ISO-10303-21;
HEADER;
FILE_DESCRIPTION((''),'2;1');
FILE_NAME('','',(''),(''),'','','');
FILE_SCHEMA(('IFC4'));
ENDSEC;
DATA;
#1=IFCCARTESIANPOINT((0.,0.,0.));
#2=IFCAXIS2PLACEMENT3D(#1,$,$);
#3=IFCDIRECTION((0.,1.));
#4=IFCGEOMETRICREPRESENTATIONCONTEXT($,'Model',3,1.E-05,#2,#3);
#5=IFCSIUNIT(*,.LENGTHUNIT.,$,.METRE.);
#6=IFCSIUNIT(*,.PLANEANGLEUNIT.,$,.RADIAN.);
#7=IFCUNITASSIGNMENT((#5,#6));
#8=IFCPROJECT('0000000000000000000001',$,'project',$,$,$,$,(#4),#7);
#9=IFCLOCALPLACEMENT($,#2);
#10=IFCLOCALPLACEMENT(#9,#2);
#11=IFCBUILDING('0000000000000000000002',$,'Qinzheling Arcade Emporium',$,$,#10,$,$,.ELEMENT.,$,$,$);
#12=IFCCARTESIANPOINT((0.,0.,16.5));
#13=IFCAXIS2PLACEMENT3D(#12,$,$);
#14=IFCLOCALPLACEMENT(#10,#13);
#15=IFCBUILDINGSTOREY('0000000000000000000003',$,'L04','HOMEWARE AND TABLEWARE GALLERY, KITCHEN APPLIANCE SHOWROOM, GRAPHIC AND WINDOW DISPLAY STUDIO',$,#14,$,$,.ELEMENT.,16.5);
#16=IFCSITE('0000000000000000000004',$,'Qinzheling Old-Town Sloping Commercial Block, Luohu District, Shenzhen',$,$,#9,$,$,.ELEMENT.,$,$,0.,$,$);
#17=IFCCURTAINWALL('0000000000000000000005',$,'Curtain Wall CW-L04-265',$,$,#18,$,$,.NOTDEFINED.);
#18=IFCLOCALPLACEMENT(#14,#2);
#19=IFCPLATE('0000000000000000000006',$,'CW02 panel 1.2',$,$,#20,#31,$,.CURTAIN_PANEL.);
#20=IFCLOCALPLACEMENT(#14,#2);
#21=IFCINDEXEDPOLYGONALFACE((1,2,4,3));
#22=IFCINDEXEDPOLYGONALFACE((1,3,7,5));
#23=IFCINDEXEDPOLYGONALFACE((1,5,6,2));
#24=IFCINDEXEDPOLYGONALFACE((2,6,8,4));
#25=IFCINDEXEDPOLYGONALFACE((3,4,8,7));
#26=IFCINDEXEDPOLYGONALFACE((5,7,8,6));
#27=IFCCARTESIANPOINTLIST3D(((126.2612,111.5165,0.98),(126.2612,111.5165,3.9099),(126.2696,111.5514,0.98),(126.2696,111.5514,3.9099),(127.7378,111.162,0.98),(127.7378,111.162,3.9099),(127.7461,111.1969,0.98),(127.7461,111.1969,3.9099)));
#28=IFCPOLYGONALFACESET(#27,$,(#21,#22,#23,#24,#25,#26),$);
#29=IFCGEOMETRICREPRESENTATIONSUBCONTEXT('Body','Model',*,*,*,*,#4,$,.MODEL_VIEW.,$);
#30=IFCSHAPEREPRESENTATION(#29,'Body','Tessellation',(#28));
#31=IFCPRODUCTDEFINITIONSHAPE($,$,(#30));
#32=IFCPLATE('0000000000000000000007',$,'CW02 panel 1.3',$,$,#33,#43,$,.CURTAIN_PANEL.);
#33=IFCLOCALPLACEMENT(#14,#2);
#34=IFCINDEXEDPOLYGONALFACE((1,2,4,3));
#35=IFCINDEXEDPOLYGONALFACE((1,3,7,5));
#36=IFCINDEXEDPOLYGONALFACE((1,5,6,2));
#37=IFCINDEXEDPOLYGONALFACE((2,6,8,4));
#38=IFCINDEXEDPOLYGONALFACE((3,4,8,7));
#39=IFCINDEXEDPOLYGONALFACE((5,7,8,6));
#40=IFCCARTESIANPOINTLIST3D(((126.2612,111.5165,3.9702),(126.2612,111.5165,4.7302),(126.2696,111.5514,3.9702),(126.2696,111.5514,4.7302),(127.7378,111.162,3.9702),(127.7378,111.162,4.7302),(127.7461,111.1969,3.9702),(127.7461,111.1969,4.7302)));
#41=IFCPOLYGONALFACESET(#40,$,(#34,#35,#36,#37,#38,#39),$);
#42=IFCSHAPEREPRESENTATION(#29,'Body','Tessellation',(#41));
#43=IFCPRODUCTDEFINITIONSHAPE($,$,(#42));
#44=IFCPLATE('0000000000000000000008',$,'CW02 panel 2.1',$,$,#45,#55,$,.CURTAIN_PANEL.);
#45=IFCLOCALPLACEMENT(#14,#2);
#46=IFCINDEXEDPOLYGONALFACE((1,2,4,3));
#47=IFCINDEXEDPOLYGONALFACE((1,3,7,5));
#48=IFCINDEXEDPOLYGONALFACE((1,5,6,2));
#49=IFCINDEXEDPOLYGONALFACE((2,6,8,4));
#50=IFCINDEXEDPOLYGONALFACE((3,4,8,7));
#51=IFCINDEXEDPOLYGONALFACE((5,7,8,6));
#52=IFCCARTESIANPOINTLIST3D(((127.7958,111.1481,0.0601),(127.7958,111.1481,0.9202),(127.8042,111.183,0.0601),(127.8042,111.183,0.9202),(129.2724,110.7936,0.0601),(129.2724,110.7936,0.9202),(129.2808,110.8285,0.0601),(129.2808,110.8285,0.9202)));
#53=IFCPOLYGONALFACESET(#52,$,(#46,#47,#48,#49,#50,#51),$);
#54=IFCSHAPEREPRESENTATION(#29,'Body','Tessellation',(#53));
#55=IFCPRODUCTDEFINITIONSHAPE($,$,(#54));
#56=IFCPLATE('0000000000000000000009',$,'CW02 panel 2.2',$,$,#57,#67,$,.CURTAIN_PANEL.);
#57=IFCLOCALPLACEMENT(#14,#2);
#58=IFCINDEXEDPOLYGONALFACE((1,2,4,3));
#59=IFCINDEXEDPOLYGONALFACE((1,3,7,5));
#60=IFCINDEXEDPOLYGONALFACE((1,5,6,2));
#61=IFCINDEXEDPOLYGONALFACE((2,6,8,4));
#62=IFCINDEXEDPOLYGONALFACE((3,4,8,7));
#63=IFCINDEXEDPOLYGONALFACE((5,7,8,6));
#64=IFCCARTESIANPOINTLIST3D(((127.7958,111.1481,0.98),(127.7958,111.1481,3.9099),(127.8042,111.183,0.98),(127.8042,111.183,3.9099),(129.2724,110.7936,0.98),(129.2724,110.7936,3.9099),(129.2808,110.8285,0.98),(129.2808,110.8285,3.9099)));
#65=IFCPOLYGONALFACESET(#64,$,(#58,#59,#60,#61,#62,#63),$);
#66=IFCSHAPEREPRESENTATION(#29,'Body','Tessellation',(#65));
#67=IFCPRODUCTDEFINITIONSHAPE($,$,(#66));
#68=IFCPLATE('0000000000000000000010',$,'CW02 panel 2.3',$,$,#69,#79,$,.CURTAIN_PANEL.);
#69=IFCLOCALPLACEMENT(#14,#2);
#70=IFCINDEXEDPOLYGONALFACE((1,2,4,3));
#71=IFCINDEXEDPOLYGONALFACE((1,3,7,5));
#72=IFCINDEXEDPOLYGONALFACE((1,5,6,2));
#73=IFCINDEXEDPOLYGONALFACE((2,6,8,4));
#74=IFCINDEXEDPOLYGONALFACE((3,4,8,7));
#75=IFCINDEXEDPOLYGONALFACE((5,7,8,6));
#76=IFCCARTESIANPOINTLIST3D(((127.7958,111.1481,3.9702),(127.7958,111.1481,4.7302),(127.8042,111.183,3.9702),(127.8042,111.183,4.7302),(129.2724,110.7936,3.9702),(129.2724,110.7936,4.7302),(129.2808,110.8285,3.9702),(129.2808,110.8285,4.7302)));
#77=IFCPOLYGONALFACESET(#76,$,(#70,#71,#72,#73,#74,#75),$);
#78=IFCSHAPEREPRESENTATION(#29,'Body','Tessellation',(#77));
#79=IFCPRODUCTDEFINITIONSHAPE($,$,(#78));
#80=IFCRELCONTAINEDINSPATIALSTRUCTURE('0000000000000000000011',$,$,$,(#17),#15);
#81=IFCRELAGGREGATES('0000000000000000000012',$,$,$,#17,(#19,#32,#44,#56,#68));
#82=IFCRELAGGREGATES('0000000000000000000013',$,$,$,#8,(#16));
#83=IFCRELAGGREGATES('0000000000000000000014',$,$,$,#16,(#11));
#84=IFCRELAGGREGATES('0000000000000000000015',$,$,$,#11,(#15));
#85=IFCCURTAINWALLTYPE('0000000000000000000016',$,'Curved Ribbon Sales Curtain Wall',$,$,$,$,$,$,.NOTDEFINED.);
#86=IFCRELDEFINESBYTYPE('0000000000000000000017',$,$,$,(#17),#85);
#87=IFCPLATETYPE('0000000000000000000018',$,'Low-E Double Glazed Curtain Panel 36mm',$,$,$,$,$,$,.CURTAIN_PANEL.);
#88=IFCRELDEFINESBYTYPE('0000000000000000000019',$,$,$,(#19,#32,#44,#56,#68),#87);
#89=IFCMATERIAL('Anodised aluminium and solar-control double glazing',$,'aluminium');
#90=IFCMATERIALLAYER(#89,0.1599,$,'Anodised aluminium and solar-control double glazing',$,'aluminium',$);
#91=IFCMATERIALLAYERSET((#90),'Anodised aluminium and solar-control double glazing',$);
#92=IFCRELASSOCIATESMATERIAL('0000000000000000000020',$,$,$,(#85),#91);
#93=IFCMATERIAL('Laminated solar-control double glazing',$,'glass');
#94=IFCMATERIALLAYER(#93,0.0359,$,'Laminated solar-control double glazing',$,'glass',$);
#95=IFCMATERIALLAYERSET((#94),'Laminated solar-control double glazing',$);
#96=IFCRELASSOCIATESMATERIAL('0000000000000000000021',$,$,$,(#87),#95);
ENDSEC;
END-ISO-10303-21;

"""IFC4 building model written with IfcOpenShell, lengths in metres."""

from ifc_helpers import new_model, si_unit, direction, frame, origin, origin_2d, place, context, subcontext, project, spatial, rectangle, extrude, material, layer, layer_set, type_object, element, aggregate, save


model = new_model("IFC4")

# Units and contexts
model_context = context("Model", 3, precision=1e-05, world=origin(), true_north=direction((0.0, 1.0)))
body_context = subcontext(model_context, "Body", "Model", "MODEL_VIEW")
ifc_project = project(units=[si_unit("LENGTHUNIT", "METRE"), si_unit("PLANEANGLEUNIT", "RADIAN")], contexts=[model_context])

# Site, building, storey
site_placement = place(None, origin())
site = spatial("IfcSite", under=ifc_project, at=site_placement, Name="Qinzheling Old-Town Sloping Commercial Block, Luohu District, Shenzhen", CompositionType="ELEMENT", RefElevation=0.0)
building_placement = place(site_placement, origin())
building = spatial("IfcBuilding", under=site, at=building_placement, Name="Qinzheling Arcade Emporium", CompositionType="ELEMENT")
storey_placement = place(building_placement, frame((0.0, 0.0, 16.5)))
storey = spatial("IfcBuildingStorey", under=building, at=storey_placement, Name="L04", Description="HOMEWARE AND TABLEWARE GALLERY, KITCHEN APPLIANCE SHOWROOM, GRAPHIC AND WINDOW DISPLAY STUDIO", CompositionType="ELEMENT", Elevation=16.5)

# Shared definitions
ifc_material_1 = material(Name="Anodised aluminium and solar-control double glazing", Category="aluminium")

# Curtain wall
ifc_layer_1 = layer(ifc_material_1, 0.1599, Name="Anodised aluminium and solar-control double glazing", Category="aluminium")
ifc_layer_set_1 = layer_set([ifc_layer_1], Name="Anodised aluminium and solar-control double glazing")
curtain_wall_type_1 = type_object("IfcCurtainWallType", Name="Curved Ribbon Sales Curtain Wall", PredefinedType="NOTDEFINED", material=ifc_layer_set_1)
curtain_wall_1_placement = place(storey_placement, origin())
curtain_wall_1 = element("IfcCurtainWall", 1, at=curtain_wall_1_placement, inside=storey, type_object=curtain_wall_type_1, Name="Curtain Wall CW-L04-265", PredefinedType="NOTDEFINED")

# Plates
ifc_material_2 = material(Name="Laminated solar-control double glazing", Category="glass")
ifc_layer_2 = layer(ifc_material_2, 0.0359, Name="Laminated solar-control double glazing", Category="glass")
ifc_layer_set_2 = layer_set([ifc_layer_2], Name="Laminated solar-control double glazing")
plate_type_1 = type_object("IfcPlateType", Name="Low-E Double Glazed Curtain Panel 36mm", PredefinedType="CURTAIN_PANEL", material=ifc_layer_set_2)
plate_1_placement = place(storey_placement, frame((127.0037, 111.3567, 0.98), z_axis=(0.0, 0.0, 1.0), x_axis=(0.972368, -0.233455, 0.0)))
plate_1 = element("IfcPlate", 2, at=plate_1_placement, type_object=plate_type_1, Name="CW02 panel 1.2", PredefinedType="CURTAIN_PANEL", context=body_context, shape_type="SweptSolid", body=[
    extrude(rectangle(XDim=1.5186, YDim=0.0359, at=origin_2d()), origin(), (0.0, 0.0, 1.0), 2.9299),
])
plate_2_placement = place(storey_placement, frame((127.0037, 111.3567, 3.9702), z_axis=(0.0, 0.0, 1.0), x_axis=(0.972368, -0.233455, 0.0)))
plate_2 = element("IfcPlate", 3, at=plate_2_placement, type_object=plate_type_1, Name="CW02 panel 1.3", PredefinedType="CURTAIN_PANEL", context=body_context, shape_type="SweptSolid", body=[
    extrude(rectangle(XDim=1.5186, YDim=0.0359, at=origin_2d()), origin(), (0.0, 0.0, 1.0), 0.76),
])
plate_3_placement = place(storey_placement, frame((128.5383, 110.9883, 0.0601), z_axis=(0.0, 0.0, 1.0), x_axis=(0.972368, -0.233455, 0.0)))
plate_3 = element("IfcPlate", 4, at=plate_3_placement, type_object=plate_type_1, Name="CW02 panel 2.1", PredefinedType="CURTAIN_PANEL", context=body_context, shape_type="SweptSolid", body=[
    extrude(rectangle(XDim=1.5186, YDim=0.0359, at=origin_2d()), origin(), (0.0, 0.0, 1.0), 0.8601),
])
plate_4_placement = place(storey_placement, frame((128.5383, 110.9883, 0.98), z_axis=(0.0, 0.0, 1.0), x_axis=(0.972368, -0.233455, 0.0)))
plate_4 = element("IfcPlate", 5, at=plate_4_placement, type_object=plate_type_1, Name="CW02 panel 2.2", PredefinedType="CURTAIN_PANEL", context=body_context, shape_type="SweptSolid", body=[
    extrude(rectangle(XDim=1.5186, YDim=0.0359, at=origin_2d()), origin(), (0.0, 0.0, 1.0), 2.9299),
])
plate_5_placement = place(storey_placement, frame((128.5383, 110.9883, 3.9702), z_axis=(0.0, 0.0, 1.0), x_axis=(0.972368, -0.233455, 0.0)))
plate_5 = element("IfcPlate", 6, at=plate_5_placement, type_object=plate_type_1, Name="CW02 panel 2.3", PredefinedType="CURTAIN_PANEL", context=body_context, shape_type="SweptSolid", body=[
    extrude(rectangle(XDim=1.5186, YDim=0.0359, at=origin_2d()), origin(), (0.0, 0.0, 1.0), 0.76),
])
aggregate(curtain_wall_1, [plate_1, plate_2, plate_3, plate_4, plate_5])

save(model, "model.ifc")
